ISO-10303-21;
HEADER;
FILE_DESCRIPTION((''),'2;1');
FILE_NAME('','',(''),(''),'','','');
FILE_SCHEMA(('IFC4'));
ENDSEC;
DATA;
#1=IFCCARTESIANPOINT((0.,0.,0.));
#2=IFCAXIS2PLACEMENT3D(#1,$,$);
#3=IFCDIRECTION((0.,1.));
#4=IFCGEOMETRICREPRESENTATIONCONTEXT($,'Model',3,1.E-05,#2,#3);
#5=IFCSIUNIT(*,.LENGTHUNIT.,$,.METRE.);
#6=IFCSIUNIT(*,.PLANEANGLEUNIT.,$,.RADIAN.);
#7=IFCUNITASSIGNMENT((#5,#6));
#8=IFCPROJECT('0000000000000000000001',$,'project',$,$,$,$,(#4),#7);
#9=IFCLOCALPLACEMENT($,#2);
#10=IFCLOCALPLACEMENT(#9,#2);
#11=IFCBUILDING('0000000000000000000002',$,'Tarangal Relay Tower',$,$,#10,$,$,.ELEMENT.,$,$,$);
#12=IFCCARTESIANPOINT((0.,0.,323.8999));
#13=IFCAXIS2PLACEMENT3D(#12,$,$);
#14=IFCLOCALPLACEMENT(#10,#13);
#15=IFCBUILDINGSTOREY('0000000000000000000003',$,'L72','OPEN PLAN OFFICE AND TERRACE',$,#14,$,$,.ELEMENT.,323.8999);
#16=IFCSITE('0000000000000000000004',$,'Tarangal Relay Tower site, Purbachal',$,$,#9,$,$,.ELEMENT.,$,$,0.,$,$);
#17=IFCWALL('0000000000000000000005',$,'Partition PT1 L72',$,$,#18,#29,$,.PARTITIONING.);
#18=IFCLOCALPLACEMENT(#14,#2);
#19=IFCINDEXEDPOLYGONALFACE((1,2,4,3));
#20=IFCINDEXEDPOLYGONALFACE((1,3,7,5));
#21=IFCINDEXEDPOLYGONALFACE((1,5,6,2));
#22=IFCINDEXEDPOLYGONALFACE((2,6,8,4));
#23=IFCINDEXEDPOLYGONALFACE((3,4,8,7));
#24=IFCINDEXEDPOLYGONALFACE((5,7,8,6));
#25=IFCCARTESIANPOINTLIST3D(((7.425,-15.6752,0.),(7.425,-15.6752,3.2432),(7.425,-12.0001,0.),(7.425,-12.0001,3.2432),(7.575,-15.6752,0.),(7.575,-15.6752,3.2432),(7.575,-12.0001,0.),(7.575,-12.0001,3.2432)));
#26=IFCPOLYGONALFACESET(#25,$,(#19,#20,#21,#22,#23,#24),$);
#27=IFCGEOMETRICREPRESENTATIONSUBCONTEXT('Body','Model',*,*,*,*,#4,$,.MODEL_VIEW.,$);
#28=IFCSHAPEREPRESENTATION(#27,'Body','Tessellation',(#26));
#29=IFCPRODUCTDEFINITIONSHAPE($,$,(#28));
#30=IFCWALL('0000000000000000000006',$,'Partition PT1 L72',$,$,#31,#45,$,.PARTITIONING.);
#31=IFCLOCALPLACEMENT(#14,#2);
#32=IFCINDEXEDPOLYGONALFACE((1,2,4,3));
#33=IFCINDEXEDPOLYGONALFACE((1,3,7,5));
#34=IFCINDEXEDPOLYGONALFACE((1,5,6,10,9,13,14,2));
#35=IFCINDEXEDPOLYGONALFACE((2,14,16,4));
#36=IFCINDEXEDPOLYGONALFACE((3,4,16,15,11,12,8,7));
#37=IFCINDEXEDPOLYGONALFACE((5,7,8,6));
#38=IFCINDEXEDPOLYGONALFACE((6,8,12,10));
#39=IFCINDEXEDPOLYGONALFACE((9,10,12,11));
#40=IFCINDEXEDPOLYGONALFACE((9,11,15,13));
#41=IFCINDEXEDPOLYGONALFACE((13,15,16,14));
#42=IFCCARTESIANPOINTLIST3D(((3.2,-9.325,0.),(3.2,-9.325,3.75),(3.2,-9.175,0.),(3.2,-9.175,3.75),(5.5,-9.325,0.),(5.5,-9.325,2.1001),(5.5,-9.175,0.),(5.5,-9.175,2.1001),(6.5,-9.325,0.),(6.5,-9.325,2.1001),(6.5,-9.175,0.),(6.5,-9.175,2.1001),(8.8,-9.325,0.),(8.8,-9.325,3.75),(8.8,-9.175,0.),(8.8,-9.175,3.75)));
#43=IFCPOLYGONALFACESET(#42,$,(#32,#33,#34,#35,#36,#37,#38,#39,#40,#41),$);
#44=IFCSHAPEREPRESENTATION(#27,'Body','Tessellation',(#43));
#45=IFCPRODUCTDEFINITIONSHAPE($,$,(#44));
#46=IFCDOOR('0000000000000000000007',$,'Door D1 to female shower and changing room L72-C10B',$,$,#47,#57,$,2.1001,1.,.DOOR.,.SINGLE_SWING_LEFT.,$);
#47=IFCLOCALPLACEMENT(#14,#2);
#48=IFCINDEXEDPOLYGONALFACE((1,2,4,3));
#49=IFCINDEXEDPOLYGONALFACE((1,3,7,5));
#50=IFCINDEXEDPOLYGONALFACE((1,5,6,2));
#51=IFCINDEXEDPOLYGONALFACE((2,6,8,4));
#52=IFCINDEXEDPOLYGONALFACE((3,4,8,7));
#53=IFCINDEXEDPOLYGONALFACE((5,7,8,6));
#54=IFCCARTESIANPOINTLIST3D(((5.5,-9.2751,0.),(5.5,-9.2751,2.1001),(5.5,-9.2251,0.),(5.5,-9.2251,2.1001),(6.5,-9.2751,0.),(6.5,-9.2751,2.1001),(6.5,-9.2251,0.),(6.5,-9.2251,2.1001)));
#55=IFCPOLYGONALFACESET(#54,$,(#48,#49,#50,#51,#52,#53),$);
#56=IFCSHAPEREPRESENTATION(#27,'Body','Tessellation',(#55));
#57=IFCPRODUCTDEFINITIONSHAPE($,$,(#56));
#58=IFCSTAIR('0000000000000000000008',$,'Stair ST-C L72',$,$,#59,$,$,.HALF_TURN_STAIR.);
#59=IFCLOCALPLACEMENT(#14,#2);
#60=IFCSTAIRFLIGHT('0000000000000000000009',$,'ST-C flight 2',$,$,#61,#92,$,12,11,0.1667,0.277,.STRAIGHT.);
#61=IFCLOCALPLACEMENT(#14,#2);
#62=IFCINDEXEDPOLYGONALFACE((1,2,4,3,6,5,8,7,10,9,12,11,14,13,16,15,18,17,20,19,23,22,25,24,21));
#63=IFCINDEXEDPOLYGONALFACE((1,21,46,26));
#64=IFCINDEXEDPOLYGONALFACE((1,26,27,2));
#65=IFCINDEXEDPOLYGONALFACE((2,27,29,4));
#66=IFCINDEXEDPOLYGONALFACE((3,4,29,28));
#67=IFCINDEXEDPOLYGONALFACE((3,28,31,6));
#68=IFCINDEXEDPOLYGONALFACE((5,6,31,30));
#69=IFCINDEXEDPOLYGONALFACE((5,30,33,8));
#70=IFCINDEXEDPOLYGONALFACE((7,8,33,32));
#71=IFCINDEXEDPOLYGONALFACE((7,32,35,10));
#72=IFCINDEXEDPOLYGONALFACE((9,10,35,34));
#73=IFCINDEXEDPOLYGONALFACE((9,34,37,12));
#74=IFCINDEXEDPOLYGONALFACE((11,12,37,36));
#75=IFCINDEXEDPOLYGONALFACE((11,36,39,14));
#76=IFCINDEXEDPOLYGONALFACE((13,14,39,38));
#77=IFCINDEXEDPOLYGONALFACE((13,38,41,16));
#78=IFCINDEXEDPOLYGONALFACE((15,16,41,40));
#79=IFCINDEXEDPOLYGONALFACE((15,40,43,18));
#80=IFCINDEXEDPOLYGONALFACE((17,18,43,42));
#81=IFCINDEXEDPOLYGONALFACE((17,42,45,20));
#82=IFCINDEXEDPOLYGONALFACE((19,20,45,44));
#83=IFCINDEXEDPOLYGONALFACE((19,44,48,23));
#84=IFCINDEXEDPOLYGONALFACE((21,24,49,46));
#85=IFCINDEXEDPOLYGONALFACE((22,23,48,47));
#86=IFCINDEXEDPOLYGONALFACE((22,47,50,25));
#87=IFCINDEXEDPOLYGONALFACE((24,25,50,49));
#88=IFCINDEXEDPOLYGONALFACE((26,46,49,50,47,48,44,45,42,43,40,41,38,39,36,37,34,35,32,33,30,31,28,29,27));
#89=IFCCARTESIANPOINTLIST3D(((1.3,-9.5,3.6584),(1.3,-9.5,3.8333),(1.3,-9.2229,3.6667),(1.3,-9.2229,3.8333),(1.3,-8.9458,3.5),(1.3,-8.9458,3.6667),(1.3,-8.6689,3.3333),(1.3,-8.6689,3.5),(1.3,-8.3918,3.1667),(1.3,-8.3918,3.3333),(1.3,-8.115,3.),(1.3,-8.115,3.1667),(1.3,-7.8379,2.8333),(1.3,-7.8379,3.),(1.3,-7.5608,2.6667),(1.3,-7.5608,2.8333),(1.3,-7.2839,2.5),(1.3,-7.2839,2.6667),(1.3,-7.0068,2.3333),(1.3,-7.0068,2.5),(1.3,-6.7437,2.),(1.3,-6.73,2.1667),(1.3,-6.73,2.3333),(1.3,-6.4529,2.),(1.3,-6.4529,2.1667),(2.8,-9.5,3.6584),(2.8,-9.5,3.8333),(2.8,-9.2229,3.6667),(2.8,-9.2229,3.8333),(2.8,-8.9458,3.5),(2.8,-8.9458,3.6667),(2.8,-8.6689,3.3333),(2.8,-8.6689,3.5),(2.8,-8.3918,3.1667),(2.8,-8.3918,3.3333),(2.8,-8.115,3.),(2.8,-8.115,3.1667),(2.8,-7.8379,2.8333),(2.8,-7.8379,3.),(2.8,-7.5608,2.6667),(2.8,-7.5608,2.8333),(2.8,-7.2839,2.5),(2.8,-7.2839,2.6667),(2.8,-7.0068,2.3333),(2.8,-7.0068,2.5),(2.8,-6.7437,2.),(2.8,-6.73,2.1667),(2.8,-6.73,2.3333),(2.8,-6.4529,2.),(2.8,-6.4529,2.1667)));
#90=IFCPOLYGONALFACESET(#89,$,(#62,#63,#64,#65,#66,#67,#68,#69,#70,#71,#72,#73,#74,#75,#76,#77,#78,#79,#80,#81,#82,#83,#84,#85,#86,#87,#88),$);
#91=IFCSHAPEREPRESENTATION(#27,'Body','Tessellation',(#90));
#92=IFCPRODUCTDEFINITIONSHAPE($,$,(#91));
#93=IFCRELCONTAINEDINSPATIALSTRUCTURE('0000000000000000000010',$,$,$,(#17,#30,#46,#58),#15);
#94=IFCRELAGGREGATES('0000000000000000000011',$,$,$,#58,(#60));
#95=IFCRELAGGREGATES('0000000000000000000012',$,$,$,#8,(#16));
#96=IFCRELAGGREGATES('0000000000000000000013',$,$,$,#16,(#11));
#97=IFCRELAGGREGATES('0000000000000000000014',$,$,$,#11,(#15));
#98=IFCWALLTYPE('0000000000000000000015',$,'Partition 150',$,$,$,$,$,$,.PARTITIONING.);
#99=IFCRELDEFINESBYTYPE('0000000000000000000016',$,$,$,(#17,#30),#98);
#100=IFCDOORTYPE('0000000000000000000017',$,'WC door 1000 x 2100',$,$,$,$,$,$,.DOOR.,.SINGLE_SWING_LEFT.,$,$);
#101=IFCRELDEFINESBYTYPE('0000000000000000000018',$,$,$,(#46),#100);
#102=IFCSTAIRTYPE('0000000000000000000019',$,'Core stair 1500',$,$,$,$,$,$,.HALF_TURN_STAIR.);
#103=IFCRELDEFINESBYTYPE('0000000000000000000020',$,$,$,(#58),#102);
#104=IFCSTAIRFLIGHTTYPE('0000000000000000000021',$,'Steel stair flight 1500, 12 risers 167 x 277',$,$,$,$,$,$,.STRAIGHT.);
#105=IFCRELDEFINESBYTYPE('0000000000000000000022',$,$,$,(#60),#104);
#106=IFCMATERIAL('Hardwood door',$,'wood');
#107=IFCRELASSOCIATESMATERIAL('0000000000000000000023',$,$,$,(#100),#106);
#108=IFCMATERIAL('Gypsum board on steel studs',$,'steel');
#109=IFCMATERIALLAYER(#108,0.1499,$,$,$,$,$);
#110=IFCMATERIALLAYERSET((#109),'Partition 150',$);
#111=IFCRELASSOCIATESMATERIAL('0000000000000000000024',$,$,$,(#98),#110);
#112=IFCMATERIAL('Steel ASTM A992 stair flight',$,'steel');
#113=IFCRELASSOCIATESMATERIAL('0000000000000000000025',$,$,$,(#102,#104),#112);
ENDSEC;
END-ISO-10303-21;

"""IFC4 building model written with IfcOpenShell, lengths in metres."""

from ifc_helpers import new_model, si_unit, direction, frame, frame_2d, origin, place, context, subcontext, project, spatial, polyline, rectangle, outline, extrude, material, layer, layer_set, type_object, element, fill, aggregate, save


model = new_model("IFC4")

# Units and contexts
model_context = context("Model", 3, precision=1e-05, world=origin(), true_north=direction((0.0, 1.0)))
body_context = subcontext(model_context, "Body", "Model", "MODEL_VIEW")
ifc_project = project(units=[si_unit("LENGTHUNIT", "METRE"), si_unit("PLANEANGLEUNIT", "RADIAN")], contexts=[model_context])

# Site, building, storey
site_placement = place(None, origin())
site = spatial("IfcSite", under=ifc_project, at=site_placement, Name="Tarangal Relay Tower site, Purbachal", CompositionType="ELEMENT", RefElevation=0.0)
building_placement = place(site_placement, origin())
building = spatial("IfcBuilding", under=site, at=building_placement, Name="Tarangal Relay Tower", CompositionType="ELEMENT")
storey_placement = place(building_placement, frame((0.0, 0.0, 323.8999)))
storey = spatial("IfcBuildingStorey", under=building, at=storey_placement, Name="L72", Description="OPEN PLAN OFFICE AND TERRACE", CompositionType="ELEMENT", Elevation=323.8999)

# Shared definitions
ifc_material_1 = material(Name="Hardwood door", Category="wood")
door_type_1 = type_object("IfcDoorType", Name="WC door 1000 x 2100", OperationType="SINGLE_SWING_LEFT", PredefinedType="DOOR", material=ifc_material_1)

# Shared definitions
ifc_material_2 = material(Name="Gypsum board on steel studs", Category="steel")
ifc_layer_1 = layer(ifc_material_2, 0.1499)
ifc_layer_set_1 = layer_set([ifc_layer_1], Name="Partition 150")
wall_type_1 = type_object("IfcWallType", Name="Partition 150", PredefinedType="PARTITIONING", material=ifc_layer_set_1)

# Wall
wall_1_placement = place(storey_placement, frame((7.5, -15.675, 0.0), z_axis=(0.0, 0.0, 1.0), x_axis=(0.0, 1.0, 0.0)))
element("IfcWall", 1, at=wall_1_placement, inside=storey, type_object=wall_type_1, Name="Partition PT1 L72", PredefinedType="PARTITIONING", context=body_context, shape_type="SweptSolid", body=[
    extrude(rectangle(XDim=3.675, YDim=0.1499, at=frame_2d((1.8374, 0.0))), origin(), (0.0, 0.0, 1.0), 3.2432),
])

# Wall, opening, door
wall_2_placement = place(storey_placement, frame((3.2, -9.25, 0.0), z_axis=(0.0, 0.0, 1.0), x_axis=(1.0, 0.0, 0.0)))
wall_2 = element("IfcWall", 2, at=wall_2_placement, inside=storey, type_object=wall_type_1, Name="Partition PT1 L72", PredefinedType="PARTITIONING", context=body_context, shape_type="SweptSolid", body=[
    extrude(rectangle(XDim=5.6001, YDim=0.1499, at=frame_2d((2.8, 0.0))), origin(), (0.0, 0.0, 1.0), 3.75),
])
opening_1_placement = place(wall_2_placement, frame((2.3, 0.0, 0.0)))
opening_1 = element("IfcOpeningElement", 3, at=opening_1_placement, cuts=wall_2, PredefinedType="OPENING", context=body_context, shape_type="SweptSolid", body=[
    extrude(rectangle(XDim=1.0, YDim=2.1001, at=frame_2d((0.5, 1.05))), frame((0.0, 0.085, 0.0), z_axis=(0.0, -1.0, 0.0), x_axis=(1.0, 0.0, 0.0)), (0.0, 0.0, 1.0), 0.1699),
])
door_1_placement = place(opening_1_placement, origin())
door_1 = element("IfcDoor", 4, at=door_1_placement, inside=storey, type_object=door_type_1, Name="Door D1 to female shower and changing room L72-C10B", OperationType="SINGLE_SWING_LEFT", OverallHeight=2.1001, OverallWidth=1.0, PredefinedType="DOOR", context=body_context, shape_type="SweptSolid", body=[
    extrude(rectangle(XDim=1.0, YDim=2.1001, at=frame_2d((0.5, 1.05))), frame((0.0, 0.0249, 0.0), z_axis=(0.0, -1.0, 0.0), x_axis=(1.0, 0.0, 0.0)), (0.0, 0.0, 1.0), 0.05),
])
fill(opening_1, door_1)

# Stair, stair flight
ifc_material_3 = material(Name="Steel ASTM A992 stair flight", Category="steel")
stair_type = type_object("IfcStairType", Name="Core stair 1500", PredefinedType="HALF_TURN_STAIR", material=ifc_material_3)
stair_placement = place(storey_placement, origin())
stair = element("IfcStair", 5, at=stair_placement, inside=storey, type_object=stair_type, Name="Stair ST-C L72", PredefinedType="HALF_TURN_STAIR")
stair_flight_type = type_object("IfcStairFlightType", Name="Steel stair flight 1500, 12 risers 167 x 277", PredefinedType="STRAIGHT", material=ifc_material_3)
stair_flight_placement = place(storey_placement, frame((2.05, -6.4529, 2.0), z_axis=(0.0, 0.0, 1.0), x_axis=(0.0, -1.0, 0.0)))
stair_flight = element("IfcStairFlight", 6, at=stair_flight_placement, type_object=stair_flight_type, Name="ST-C flight 2", NumberOfRisers=12, NumberOfTreads=11, PredefinedType="STRAIGHT", RiserHeight=0.1667, TreadLength=0.277, context=body_context, shape_type="SweptSolid", body=[
    extrude(outline(polyline([(0.0, 0.0), (0.0, 0.1667), (0.2771, 0.1667), (0.2771, 0.3333), (0.554, 0.3333), (0.554, 0.5), (0.8311, 0.5), (0.8311, 0.6667), (1.1079, 0.6667), (1.1079, 0.8333), (1.385, 0.8333), (1.385, 1.0), (1.6621, 1.0), (1.6621, 1.1667), (1.939, 1.1667), (1.939, 1.3333), (2.2161, 1.3333), (2.2161, 1.5), (2.4929, 1.5), (2.4929, 1.6667), (2.77, 1.6667), (2.77, 1.8333), (3.0471, 1.8333), (3.0471, 2.0), (3.0471, 1.6584), (0.2908, 0.0), (0.0, 0.0)])), frame((0.0, 0.75, 0.0), z_axis=(0.0, -1.0, 0.0), x_axis=(1.0, 0.0, 0.0)), (0.0, 0.0, 1.0), 1.5),
])
aggregate(stair, [stair_flight])

save(model, "model.ifc")
